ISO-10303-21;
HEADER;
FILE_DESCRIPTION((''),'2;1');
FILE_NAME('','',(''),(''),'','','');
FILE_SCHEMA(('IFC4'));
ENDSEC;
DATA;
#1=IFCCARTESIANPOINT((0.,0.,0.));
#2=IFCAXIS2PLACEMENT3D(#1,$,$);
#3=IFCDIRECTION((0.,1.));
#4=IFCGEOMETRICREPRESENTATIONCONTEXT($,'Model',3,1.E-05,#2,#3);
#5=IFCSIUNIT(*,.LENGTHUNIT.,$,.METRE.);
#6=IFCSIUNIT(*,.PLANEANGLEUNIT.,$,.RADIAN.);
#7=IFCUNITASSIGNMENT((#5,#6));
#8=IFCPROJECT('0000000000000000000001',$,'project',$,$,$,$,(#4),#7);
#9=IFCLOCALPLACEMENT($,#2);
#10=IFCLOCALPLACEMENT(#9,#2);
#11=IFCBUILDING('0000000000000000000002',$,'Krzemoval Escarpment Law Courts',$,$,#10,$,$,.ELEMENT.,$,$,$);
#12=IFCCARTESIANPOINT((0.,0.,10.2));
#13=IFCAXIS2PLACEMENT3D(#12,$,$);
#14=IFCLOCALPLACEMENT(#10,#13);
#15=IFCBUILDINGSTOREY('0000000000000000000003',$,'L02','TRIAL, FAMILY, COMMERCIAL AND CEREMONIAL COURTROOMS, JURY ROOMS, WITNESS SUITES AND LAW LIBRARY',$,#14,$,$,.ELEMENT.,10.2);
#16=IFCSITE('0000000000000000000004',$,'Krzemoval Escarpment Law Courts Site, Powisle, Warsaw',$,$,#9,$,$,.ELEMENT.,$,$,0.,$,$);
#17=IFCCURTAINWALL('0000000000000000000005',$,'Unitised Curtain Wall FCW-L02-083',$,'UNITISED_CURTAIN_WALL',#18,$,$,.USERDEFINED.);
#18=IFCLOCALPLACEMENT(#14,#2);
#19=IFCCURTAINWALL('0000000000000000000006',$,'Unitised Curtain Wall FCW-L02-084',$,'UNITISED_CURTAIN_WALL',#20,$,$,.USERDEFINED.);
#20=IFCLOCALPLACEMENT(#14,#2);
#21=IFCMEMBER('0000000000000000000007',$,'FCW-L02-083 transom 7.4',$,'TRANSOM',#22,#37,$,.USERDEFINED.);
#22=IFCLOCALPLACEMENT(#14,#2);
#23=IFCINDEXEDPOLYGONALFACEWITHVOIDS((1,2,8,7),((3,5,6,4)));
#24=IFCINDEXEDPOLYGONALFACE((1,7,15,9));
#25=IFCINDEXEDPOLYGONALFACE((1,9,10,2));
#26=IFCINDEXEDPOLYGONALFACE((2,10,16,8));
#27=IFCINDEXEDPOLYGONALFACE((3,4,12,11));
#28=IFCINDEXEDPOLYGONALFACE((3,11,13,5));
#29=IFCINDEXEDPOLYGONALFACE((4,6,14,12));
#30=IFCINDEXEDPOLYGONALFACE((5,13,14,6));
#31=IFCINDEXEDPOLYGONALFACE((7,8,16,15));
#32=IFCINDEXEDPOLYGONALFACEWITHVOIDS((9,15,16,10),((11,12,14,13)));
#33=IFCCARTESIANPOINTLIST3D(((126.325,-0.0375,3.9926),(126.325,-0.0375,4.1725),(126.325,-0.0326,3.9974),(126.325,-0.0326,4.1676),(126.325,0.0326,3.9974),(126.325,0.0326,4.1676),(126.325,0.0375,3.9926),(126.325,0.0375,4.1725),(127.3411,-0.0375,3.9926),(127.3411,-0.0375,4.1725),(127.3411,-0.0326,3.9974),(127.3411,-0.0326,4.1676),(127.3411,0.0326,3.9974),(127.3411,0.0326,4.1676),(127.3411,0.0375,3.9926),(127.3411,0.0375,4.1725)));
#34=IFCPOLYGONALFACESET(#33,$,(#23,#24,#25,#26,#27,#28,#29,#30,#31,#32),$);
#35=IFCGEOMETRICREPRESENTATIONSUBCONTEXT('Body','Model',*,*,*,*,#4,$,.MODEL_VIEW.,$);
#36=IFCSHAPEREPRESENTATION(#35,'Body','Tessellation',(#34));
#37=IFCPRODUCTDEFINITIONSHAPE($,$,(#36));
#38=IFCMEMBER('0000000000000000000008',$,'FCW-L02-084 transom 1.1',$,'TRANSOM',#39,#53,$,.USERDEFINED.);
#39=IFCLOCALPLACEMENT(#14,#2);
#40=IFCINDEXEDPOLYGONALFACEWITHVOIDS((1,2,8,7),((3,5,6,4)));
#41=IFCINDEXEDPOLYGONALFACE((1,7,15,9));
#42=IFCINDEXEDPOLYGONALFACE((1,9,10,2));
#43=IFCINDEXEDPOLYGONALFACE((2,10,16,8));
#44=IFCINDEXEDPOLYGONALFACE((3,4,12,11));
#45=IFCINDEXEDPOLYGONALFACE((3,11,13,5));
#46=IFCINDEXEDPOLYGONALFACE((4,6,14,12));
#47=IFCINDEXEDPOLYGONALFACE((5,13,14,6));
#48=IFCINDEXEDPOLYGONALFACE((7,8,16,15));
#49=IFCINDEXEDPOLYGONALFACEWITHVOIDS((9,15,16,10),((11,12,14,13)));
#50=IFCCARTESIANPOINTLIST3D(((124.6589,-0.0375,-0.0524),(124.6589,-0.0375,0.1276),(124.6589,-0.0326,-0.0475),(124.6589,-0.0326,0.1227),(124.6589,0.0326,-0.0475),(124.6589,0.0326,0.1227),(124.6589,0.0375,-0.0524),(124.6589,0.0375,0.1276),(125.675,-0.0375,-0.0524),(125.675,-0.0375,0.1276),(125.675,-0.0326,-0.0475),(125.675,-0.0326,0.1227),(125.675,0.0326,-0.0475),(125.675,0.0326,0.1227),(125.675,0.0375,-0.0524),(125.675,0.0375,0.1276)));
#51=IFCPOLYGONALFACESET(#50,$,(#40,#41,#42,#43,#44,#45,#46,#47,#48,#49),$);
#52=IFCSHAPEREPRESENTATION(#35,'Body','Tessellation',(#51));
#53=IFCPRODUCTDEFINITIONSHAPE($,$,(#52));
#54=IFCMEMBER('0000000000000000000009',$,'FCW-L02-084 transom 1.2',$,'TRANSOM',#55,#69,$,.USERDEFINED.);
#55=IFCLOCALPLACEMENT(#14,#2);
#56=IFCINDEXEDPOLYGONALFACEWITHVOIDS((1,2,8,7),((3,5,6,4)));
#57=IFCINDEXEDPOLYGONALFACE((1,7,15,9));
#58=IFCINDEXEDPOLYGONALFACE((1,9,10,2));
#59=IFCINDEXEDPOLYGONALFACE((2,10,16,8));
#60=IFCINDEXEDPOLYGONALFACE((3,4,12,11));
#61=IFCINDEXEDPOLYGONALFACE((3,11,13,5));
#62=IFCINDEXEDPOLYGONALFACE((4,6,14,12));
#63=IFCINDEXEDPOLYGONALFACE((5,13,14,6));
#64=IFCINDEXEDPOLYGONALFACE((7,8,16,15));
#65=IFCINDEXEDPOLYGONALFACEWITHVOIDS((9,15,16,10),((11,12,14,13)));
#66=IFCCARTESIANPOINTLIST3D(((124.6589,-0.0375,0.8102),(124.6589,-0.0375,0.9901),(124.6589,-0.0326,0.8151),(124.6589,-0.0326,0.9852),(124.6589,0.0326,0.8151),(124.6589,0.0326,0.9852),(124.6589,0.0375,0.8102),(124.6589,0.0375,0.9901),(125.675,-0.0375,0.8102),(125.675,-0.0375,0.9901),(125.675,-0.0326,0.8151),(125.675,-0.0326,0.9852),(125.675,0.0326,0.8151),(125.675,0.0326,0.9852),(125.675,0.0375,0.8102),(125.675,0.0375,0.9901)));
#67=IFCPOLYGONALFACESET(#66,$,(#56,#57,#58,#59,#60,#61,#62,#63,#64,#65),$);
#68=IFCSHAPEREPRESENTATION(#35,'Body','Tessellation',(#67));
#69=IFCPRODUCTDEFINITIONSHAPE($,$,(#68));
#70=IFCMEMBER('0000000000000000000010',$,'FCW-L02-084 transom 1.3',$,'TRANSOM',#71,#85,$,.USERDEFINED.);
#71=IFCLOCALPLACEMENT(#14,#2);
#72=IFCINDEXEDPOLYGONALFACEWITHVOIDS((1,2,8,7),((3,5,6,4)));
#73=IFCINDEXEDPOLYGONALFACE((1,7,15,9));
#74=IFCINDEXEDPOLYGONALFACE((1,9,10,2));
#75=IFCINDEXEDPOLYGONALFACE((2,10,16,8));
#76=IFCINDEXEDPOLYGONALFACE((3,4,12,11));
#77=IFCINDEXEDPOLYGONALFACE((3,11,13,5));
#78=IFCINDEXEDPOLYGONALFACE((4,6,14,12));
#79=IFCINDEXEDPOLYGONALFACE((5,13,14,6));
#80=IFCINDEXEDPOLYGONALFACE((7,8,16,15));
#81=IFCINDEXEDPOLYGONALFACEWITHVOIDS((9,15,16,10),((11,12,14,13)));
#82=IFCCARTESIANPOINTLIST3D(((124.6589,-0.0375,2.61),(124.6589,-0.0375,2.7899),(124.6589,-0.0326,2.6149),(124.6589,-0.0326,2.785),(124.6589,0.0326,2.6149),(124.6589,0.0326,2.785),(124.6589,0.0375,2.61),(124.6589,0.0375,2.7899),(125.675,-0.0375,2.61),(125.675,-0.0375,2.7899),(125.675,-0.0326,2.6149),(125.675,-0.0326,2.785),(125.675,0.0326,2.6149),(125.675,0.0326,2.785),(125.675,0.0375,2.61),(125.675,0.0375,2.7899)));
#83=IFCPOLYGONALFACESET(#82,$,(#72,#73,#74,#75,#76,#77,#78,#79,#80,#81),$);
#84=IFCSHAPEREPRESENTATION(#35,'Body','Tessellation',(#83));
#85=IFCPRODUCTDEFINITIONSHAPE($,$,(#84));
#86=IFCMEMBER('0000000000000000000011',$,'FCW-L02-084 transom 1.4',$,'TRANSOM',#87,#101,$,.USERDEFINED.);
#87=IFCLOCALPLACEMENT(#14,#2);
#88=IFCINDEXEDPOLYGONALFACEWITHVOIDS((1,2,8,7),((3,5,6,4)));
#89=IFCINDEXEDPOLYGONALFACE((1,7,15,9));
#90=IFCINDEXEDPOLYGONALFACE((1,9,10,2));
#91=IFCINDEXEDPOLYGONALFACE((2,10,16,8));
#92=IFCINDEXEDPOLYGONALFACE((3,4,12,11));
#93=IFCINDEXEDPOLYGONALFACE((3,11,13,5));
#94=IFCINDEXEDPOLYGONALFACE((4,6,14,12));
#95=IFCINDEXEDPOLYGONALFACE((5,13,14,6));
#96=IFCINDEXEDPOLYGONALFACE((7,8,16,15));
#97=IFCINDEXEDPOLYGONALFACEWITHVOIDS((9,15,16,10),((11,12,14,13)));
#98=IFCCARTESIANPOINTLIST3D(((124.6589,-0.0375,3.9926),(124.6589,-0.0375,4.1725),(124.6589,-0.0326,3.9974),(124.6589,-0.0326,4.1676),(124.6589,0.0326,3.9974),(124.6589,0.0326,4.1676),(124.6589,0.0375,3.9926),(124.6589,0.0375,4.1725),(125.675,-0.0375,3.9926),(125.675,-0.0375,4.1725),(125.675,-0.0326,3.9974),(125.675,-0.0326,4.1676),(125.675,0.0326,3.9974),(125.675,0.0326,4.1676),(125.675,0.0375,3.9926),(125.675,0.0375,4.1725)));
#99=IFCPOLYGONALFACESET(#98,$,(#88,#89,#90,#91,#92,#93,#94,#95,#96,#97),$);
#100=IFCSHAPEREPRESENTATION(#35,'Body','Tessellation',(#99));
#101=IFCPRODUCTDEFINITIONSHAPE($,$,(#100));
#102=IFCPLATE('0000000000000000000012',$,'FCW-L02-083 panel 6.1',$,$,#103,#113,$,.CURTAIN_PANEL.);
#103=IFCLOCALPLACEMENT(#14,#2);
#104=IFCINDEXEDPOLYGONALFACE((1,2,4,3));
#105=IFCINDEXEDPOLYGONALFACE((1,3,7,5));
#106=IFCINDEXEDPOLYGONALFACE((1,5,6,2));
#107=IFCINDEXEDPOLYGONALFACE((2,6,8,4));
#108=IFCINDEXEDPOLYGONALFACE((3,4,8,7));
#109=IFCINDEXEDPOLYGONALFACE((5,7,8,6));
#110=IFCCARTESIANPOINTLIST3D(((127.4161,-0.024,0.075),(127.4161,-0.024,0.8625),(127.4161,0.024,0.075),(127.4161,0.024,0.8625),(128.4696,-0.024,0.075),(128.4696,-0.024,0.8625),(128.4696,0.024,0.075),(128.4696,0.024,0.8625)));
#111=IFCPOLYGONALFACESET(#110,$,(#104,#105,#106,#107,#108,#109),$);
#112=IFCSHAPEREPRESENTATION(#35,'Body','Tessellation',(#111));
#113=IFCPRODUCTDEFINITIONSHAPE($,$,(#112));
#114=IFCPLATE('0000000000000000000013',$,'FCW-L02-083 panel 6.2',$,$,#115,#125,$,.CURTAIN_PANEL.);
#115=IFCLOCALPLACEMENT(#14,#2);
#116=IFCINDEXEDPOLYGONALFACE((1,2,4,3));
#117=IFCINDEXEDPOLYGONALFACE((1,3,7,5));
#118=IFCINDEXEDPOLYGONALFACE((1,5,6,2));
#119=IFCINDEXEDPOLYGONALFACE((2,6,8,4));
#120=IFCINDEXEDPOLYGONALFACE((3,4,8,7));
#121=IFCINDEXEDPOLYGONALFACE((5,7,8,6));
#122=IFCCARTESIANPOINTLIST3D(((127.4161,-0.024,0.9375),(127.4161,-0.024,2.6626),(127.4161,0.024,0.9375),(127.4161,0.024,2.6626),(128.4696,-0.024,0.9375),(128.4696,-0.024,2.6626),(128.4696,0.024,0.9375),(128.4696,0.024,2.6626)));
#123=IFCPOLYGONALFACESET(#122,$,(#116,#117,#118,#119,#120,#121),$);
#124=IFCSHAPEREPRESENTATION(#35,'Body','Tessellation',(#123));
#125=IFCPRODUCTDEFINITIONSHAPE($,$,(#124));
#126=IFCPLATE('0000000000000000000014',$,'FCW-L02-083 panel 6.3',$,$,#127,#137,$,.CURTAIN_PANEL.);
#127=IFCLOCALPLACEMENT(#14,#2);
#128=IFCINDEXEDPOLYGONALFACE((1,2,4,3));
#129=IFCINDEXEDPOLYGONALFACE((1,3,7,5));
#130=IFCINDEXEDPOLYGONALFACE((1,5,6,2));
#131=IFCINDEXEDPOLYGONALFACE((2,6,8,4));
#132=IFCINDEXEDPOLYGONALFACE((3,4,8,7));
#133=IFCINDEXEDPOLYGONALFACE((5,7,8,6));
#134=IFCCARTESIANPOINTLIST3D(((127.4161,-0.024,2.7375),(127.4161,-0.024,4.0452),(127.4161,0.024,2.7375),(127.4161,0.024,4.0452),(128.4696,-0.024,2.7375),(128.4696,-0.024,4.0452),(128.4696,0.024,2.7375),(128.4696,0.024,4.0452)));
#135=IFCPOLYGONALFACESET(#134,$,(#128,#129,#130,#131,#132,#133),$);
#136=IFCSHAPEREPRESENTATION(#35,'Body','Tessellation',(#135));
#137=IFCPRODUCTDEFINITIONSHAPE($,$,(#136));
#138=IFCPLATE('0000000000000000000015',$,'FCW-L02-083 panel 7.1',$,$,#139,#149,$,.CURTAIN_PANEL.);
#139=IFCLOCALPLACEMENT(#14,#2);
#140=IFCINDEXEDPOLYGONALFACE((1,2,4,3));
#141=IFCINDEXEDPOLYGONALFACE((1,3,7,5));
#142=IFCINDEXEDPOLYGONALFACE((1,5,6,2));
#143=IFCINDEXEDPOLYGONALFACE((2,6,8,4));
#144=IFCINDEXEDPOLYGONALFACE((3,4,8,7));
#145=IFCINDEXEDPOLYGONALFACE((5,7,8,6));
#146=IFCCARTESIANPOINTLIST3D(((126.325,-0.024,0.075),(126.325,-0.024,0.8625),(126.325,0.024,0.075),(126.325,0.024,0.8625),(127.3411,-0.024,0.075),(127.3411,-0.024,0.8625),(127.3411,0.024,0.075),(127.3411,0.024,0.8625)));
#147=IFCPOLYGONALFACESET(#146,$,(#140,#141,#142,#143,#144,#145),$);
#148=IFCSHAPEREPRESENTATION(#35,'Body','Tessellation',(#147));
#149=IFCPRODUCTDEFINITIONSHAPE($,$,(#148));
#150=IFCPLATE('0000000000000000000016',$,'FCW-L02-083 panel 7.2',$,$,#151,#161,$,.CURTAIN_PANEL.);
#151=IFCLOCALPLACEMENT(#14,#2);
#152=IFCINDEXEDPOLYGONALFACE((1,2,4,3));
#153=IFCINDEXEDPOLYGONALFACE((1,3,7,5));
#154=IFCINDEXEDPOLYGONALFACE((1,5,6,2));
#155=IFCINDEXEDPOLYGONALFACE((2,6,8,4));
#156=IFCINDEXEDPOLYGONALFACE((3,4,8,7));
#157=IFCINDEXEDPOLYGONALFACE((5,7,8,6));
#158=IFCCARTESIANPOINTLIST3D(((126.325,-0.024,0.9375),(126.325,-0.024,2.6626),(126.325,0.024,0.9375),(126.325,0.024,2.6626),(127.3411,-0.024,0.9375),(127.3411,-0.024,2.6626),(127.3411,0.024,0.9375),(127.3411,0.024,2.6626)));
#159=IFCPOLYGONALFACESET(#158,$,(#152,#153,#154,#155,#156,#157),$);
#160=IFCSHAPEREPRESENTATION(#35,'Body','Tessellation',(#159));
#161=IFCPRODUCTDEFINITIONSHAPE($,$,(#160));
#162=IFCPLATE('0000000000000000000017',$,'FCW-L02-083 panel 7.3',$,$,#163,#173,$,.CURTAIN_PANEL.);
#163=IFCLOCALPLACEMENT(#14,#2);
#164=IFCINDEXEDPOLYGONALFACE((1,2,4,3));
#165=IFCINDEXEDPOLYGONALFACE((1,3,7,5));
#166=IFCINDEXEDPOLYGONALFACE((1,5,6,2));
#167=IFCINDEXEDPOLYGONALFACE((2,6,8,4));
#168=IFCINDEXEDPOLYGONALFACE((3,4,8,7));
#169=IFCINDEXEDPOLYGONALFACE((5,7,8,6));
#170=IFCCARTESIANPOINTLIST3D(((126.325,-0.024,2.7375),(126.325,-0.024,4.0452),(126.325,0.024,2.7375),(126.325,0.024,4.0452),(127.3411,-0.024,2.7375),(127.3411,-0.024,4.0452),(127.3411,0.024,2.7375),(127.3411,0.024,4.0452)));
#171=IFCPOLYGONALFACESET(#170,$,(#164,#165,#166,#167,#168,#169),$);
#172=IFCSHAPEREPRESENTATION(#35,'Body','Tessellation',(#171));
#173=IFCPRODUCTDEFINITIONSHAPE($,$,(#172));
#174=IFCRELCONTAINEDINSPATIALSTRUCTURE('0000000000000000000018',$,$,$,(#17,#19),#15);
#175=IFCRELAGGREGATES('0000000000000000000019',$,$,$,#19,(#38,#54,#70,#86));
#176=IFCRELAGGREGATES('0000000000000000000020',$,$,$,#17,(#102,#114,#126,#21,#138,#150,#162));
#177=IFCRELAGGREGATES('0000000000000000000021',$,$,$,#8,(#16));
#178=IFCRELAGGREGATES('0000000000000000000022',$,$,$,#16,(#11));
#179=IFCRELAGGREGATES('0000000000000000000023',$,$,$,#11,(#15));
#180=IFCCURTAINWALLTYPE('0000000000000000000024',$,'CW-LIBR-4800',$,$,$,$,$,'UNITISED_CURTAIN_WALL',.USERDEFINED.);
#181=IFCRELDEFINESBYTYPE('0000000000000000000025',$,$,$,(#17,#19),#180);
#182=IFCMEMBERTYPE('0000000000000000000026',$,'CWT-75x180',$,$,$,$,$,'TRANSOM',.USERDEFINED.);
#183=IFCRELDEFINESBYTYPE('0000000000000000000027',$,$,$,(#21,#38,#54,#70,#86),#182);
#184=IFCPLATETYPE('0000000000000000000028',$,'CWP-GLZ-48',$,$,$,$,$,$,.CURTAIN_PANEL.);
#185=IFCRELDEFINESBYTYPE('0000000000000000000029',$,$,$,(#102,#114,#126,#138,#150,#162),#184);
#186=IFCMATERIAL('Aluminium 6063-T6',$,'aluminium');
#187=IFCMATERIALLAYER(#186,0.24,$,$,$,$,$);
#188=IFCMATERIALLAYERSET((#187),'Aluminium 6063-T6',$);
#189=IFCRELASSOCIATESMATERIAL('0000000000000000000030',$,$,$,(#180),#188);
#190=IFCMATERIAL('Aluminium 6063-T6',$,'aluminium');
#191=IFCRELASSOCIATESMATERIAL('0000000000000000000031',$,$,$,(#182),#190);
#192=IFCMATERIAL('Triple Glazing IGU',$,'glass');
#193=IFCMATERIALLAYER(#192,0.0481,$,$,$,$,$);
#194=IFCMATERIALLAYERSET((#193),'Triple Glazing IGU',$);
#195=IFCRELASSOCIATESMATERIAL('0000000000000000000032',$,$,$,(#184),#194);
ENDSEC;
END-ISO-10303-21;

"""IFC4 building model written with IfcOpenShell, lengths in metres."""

from ifc_helpers import new_model, si_unit, direction, frame, origin, origin_2d, place, context, subcontext, project, spatial, rectangle, hollow_rectangle, extrude, material, layer, layer_set, material_profile, profile_set, type_object, element, aggregate, save


model = new_model("IFC4")

# Units and contexts
model_context = context("Model", 3, precision=1e-05, world=origin(), true_north=direction((0.0, 1.0)))
body_context = subcontext(model_context, "Body", "Model", "MODEL_VIEW")
ifc_project = project(units=[si_unit("LENGTHUNIT", "METRE"), si_unit("PLANEANGLEUNIT", "RADIAN")], contexts=[model_context])

# Site, building, storey
site_placement = place(None, origin())
site = spatial("IfcSite", under=ifc_project, at=site_placement, Name="Krzemoval Escarpment Law Courts Site, Powisle, Warsaw", CompositionType="ELEMENT", RefElevation=0.0)
building_placement = place(site_placement, origin())
building = spatial("IfcBuilding", under=site, at=building_placement, Name="Krzemoval Escarpment Law Courts", CompositionType="ELEMENT")
storey_placement = place(building_placement, frame((0.0, 0.0, 10.2)))
storey = spatial("IfcBuildingStorey", under=building, at=storey_placement, Name="L02", Description="TRIAL, FAMILY, COMMERCIAL AND CEREMONIAL COURTROOMS, JURY ROOMS, WITNESS SUITES AND LAW LIBRARY", CompositionType="ELEMENT", Elevation=10.2)

# Curtain wall
ifc_material_1 = material(Name="Aluminium 6063-T6", Category="aluminium")
ifc_layer_1 = layer(ifc_material_1, 0.24)
ifc_layer_set_1 = layer_set([ifc_layer_1], Name="Aluminium 6063-T6")
curtain_wall_type = type_object("IfcCurtainWallType", Name="CW-LIBR-4800", ElementType="UNITISED_CURTAIN_WALL", PredefinedType="USERDEFINED", material=ifc_layer_set_1)
curtain_wall_1_placement = place(storey_placement, origin())
curtain_wall_1 = element("IfcCurtainWall", 1, at=curtain_wall_1_placement, inside=storey, type_object=curtain_wall_type, Name="Unitised Curtain Wall FCW-L02-083", ObjectType="UNITISED_CURTAIN_WALL", PredefinedType="USERDEFINED")

# Curtain wall
curtain_wall_2_placement = place(storey_placement, origin())
curtain_wall_2 = element("IfcCurtainWall", 2, at=curtain_wall_2_placement, inside=storey, type_object=curtain_wall_type, Name="Unitised Curtain Wall FCW-L02-084", ObjectType="UNITISED_CURTAIN_WALL", PredefinedType="USERDEFINED")

# Members
ifc_material_2 = material(Name="Aluminium 6063-T6", Category="aluminium")
ifc_material_profile_1 = material_profile(ifc_material_2, hollow_rectangle(XDim=0.075, YDim=0.1799, WallThickness=0.0049, at=origin_2d()), Name="ALU T75x180")
ifc_profile_set_1 = profile_set([ifc_material_profile_1], Name="Aluminium 6063-T6")
member_type_1 = type_object("IfcMemberType", Name="CWT-75x180", ElementType="TRANSOM", PredefinedType="USERDEFINED", material=ifc_profile_set_1)
member_1_placement = place(storey_placement, frame((127.3411, 0.0, 4.0825), z_axis=(-1.0, 0.0, 0.0), x_axis=(0.0, -1.0, 0.0)))
member_1 = element("IfcMember", 3, at=member_1_placement, type_object=member_type_1, Name="FCW-L02-083 transom 7.4", ObjectType="TRANSOM", PredefinedType="USERDEFINED", context=body_context, shape_type="SweptSolid", body=[
    extrude(hollow_rectangle(XDim=0.075, YDim=0.1799, WallThickness=0.0049, at=origin_2d()), origin(), (0.0, 0.0, 1.0), 1.0161),
])
member_2_placement = place(storey_placement, frame((125.675, 0.0, 0.0376), z_axis=(-1.0, 0.0, 0.0), x_axis=(0.0, -1.0, 0.0)))
member_2 = element("IfcMember", 4, at=member_2_placement, type_object=member_type_1, Name="FCW-L02-084 transom 1.1", ObjectType="TRANSOM", PredefinedType="USERDEFINED", context=body_context, shape_type="SweptSolid", body=[
    extrude(hollow_rectangle(XDim=0.075, YDim=0.1799, WallThickness=0.0049, at=origin_2d()), origin(), (0.0, 0.0, 1.0), 1.0161),
])
member_3_placement = place(storey_placement, frame((125.675, 0.0, 0.9001), z_axis=(-1.0, 0.0, 0.0), x_axis=(0.0, -1.0, 0.0)))
member_3 = element("IfcMember", 5, at=member_3_placement, type_object=member_type_1, Name="FCW-L02-084 transom 1.2", ObjectType="TRANSOM", PredefinedType="USERDEFINED", context=body_context, shape_type="SweptSolid", body=[
    extrude(hollow_rectangle(XDim=0.075, YDim=0.1799, WallThickness=0.0049, at=origin_2d()), origin(), (0.0, 0.0, 1.0), 1.0161),
])
member_4_placement = place(storey_placement, frame((125.675, 0.0, 2.7), z_axis=(-1.0, 0.0, 0.0), x_axis=(0.0, -1.0, 0.0)))
member_4 = element("IfcMember", 6, at=member_4_placement, type_object=member_type_1, Name="FCW-L02-084 transom 1.3", ObjectType="TRANSOM", PredefinedType="USERDEFINED", context=body_context, shape_type="SweptSolid", body=[
    extrude(hollow_rectangle(XDim=0.075, YDim=0.1799, WallThickness=0.0049, at=origin_2d()), origin(), (0.0, 0.0, 1.0), 1.0161),
])
member_5_placement = place(storey_placement, frame((125.675, 0.0, 4.0825), z_axis=(-1.0, 0.0, 0.0), x_axis=(0.0, -1.0, 0.0)))
member_5 = element("IfcMember", 7, at=member_5_placement, type_object=member_type_1, Name="FCW-L02-084 transom 1.4", ObjectType="TRANSOM", PredefinedType="USERDEFINED", context=body_context, shape_type="SweptSolid", body=[
    extrude(hollow_rectangle(XDim=0.075, YDim=0.1799, WallThickness=0.0049, at=origin_2d()), origin(), (0.0, 0.0, 1.0), 1.0161),
])
aggregate(curtain_wall_2, [member_2, member_3, member_4, member_5])

# Plates
ifc_material_3 = material(Name="Triple Glazing IGU", Category="glass")
ifc_layer_2 = layer(ifc_material_3, 0.0481)
ifc_layer_set_2 = layer_set([ifc_layer_2], Name="Triple Glazing IGU")
plate_type = type_object("IfcPlateType", Name="CWP-GLZ-48", PredefinedType="CURTAIN_PANEL", material=ifc_layer_set_2)
plate_1_placement = place(storey_placement, frame((127.9429, 0.0, 0.075), z_axis=(0.0, 0.0, 1.0), x_axis=(-1.0, 0.0, 0.0)))
plate_1 = element("IfcPlate", 8, at=plate_1_placement, type_object=plate_type, Name="FCW-L02-083 panel 6.1", PredefinedType="CURTAIN_PANEL", context=body_context, shape_type="SweptSolid", body=[
    extrude(rectangle(XDim=1.0535, YDim=0.0481, at=origin_2d()), origin(), (0.0, 0.0, 1.0), 0.7876),
])
plate_2_placement = place(storey_placement, frame((127.9429, 0.0, 0.9375), z_axis=(0.0, 0.0, 1.0), x_axis=(-1.0, 0.0, 0.0)))
plate_2 = element("IfcPlate", 9, at=plate_2_placement, type_object=plate_type, Name="FCW-L02-083 panel 6.2", PredefinedType="CURTAIN_PANEL", context=body_context, shape_type="SweptSolid", body=[
    extrude(rectangle(XDim=1.0535, YDim=0.0481, at=origin_2d()), origin(), (0.0, 0.0, 1.0), 1.7251),
])
plate_3_placement = place(storey_placement, frame((127.9429, 0.0, 2.7375), z_axis=(0.0, 0.0, 1.0), x_axis=(-1.0, 0.0, 0.0)))
plate_3 = element("IfcPlate", 10, at=plate_3_placement, type_object=plate_type, Name="FCW-L02-083 panel 6.3", PredefinedType="CURTAIN_PANEL", context=body_context, shape_type="SweptSolid", body=[
    extrude(rectangle(XDim=1.0535, YDim=0.0481, at=origin_2d()), origin(), (0.0, 0.0, 1.0), 1.3076),
])
plate_4_placement = place(storey_placement, frame((126.833, 0.0, 0.075), z_axis=(0.0, 0.0, 1.0), x_axis=(-1.0, 0.0, 0.0)))
plate_4 = element("IfcPlate", 11, at=plate_4_placement, type_object=plate_type, Name="FCW-L02-083 panel 7.1", PredefinedType="CURTAIN_PANEL", context=body_context, shape_type="SweptSolid", body=[
    extrude(rectangle(XDim=1.0161, YDim=0.0481, at=origin_2d()), origin(), (0.0, 0.0, 1.0), 0.7876),
])
plate_5_placement = place(storey_placement, frame((126.833, 0.0, 0.9375), z_axis=(0.0, 0.0, 1.0), x_axis=(-1.0, 0.0, 0.0)))
plate_5 = element("IfcPlate", 12, at=plate_5_placement, type_object=plate_type, Name="FCW-L02-083 panel 7.2", PredefinedType="CURTAIN_PANEL", context=body_context, shape_type="SweptSolid", body=[
    extrude(rectangle(XDim=1.0161, YDim=0.0481, at=origin_2d()), origin(), (0.0, 0.0, 1.0), 1.7251),
])
plate_6_placement = place(storey_placement, frame((126.833, 0.0, 2.7375), z_axis=(0.0, 0.0, 1.0), x_axis=(-1.0, 0.0, 0.0)))
plate_6 = element("IfcPlate", 13, at=plate_6_placement, type_object=plate_type, Name="FCW-L02-083 panel 7.3", PredefinedType="CURTAIN_PANEL", context=body_context, shape_type="SweptSolid", body=[
    extrude(rectangle(XDim=1.0161, YDim=0.0481, at=origin_2d()), origin(), (0.0, 0.0, 1.0), 1.3076),
])
aggregate(curtain_wall_1, [plate_1, plate_2, plate_3, member_1, plate_4, plate_5, plate_6])

save(model, "model.ifc")
